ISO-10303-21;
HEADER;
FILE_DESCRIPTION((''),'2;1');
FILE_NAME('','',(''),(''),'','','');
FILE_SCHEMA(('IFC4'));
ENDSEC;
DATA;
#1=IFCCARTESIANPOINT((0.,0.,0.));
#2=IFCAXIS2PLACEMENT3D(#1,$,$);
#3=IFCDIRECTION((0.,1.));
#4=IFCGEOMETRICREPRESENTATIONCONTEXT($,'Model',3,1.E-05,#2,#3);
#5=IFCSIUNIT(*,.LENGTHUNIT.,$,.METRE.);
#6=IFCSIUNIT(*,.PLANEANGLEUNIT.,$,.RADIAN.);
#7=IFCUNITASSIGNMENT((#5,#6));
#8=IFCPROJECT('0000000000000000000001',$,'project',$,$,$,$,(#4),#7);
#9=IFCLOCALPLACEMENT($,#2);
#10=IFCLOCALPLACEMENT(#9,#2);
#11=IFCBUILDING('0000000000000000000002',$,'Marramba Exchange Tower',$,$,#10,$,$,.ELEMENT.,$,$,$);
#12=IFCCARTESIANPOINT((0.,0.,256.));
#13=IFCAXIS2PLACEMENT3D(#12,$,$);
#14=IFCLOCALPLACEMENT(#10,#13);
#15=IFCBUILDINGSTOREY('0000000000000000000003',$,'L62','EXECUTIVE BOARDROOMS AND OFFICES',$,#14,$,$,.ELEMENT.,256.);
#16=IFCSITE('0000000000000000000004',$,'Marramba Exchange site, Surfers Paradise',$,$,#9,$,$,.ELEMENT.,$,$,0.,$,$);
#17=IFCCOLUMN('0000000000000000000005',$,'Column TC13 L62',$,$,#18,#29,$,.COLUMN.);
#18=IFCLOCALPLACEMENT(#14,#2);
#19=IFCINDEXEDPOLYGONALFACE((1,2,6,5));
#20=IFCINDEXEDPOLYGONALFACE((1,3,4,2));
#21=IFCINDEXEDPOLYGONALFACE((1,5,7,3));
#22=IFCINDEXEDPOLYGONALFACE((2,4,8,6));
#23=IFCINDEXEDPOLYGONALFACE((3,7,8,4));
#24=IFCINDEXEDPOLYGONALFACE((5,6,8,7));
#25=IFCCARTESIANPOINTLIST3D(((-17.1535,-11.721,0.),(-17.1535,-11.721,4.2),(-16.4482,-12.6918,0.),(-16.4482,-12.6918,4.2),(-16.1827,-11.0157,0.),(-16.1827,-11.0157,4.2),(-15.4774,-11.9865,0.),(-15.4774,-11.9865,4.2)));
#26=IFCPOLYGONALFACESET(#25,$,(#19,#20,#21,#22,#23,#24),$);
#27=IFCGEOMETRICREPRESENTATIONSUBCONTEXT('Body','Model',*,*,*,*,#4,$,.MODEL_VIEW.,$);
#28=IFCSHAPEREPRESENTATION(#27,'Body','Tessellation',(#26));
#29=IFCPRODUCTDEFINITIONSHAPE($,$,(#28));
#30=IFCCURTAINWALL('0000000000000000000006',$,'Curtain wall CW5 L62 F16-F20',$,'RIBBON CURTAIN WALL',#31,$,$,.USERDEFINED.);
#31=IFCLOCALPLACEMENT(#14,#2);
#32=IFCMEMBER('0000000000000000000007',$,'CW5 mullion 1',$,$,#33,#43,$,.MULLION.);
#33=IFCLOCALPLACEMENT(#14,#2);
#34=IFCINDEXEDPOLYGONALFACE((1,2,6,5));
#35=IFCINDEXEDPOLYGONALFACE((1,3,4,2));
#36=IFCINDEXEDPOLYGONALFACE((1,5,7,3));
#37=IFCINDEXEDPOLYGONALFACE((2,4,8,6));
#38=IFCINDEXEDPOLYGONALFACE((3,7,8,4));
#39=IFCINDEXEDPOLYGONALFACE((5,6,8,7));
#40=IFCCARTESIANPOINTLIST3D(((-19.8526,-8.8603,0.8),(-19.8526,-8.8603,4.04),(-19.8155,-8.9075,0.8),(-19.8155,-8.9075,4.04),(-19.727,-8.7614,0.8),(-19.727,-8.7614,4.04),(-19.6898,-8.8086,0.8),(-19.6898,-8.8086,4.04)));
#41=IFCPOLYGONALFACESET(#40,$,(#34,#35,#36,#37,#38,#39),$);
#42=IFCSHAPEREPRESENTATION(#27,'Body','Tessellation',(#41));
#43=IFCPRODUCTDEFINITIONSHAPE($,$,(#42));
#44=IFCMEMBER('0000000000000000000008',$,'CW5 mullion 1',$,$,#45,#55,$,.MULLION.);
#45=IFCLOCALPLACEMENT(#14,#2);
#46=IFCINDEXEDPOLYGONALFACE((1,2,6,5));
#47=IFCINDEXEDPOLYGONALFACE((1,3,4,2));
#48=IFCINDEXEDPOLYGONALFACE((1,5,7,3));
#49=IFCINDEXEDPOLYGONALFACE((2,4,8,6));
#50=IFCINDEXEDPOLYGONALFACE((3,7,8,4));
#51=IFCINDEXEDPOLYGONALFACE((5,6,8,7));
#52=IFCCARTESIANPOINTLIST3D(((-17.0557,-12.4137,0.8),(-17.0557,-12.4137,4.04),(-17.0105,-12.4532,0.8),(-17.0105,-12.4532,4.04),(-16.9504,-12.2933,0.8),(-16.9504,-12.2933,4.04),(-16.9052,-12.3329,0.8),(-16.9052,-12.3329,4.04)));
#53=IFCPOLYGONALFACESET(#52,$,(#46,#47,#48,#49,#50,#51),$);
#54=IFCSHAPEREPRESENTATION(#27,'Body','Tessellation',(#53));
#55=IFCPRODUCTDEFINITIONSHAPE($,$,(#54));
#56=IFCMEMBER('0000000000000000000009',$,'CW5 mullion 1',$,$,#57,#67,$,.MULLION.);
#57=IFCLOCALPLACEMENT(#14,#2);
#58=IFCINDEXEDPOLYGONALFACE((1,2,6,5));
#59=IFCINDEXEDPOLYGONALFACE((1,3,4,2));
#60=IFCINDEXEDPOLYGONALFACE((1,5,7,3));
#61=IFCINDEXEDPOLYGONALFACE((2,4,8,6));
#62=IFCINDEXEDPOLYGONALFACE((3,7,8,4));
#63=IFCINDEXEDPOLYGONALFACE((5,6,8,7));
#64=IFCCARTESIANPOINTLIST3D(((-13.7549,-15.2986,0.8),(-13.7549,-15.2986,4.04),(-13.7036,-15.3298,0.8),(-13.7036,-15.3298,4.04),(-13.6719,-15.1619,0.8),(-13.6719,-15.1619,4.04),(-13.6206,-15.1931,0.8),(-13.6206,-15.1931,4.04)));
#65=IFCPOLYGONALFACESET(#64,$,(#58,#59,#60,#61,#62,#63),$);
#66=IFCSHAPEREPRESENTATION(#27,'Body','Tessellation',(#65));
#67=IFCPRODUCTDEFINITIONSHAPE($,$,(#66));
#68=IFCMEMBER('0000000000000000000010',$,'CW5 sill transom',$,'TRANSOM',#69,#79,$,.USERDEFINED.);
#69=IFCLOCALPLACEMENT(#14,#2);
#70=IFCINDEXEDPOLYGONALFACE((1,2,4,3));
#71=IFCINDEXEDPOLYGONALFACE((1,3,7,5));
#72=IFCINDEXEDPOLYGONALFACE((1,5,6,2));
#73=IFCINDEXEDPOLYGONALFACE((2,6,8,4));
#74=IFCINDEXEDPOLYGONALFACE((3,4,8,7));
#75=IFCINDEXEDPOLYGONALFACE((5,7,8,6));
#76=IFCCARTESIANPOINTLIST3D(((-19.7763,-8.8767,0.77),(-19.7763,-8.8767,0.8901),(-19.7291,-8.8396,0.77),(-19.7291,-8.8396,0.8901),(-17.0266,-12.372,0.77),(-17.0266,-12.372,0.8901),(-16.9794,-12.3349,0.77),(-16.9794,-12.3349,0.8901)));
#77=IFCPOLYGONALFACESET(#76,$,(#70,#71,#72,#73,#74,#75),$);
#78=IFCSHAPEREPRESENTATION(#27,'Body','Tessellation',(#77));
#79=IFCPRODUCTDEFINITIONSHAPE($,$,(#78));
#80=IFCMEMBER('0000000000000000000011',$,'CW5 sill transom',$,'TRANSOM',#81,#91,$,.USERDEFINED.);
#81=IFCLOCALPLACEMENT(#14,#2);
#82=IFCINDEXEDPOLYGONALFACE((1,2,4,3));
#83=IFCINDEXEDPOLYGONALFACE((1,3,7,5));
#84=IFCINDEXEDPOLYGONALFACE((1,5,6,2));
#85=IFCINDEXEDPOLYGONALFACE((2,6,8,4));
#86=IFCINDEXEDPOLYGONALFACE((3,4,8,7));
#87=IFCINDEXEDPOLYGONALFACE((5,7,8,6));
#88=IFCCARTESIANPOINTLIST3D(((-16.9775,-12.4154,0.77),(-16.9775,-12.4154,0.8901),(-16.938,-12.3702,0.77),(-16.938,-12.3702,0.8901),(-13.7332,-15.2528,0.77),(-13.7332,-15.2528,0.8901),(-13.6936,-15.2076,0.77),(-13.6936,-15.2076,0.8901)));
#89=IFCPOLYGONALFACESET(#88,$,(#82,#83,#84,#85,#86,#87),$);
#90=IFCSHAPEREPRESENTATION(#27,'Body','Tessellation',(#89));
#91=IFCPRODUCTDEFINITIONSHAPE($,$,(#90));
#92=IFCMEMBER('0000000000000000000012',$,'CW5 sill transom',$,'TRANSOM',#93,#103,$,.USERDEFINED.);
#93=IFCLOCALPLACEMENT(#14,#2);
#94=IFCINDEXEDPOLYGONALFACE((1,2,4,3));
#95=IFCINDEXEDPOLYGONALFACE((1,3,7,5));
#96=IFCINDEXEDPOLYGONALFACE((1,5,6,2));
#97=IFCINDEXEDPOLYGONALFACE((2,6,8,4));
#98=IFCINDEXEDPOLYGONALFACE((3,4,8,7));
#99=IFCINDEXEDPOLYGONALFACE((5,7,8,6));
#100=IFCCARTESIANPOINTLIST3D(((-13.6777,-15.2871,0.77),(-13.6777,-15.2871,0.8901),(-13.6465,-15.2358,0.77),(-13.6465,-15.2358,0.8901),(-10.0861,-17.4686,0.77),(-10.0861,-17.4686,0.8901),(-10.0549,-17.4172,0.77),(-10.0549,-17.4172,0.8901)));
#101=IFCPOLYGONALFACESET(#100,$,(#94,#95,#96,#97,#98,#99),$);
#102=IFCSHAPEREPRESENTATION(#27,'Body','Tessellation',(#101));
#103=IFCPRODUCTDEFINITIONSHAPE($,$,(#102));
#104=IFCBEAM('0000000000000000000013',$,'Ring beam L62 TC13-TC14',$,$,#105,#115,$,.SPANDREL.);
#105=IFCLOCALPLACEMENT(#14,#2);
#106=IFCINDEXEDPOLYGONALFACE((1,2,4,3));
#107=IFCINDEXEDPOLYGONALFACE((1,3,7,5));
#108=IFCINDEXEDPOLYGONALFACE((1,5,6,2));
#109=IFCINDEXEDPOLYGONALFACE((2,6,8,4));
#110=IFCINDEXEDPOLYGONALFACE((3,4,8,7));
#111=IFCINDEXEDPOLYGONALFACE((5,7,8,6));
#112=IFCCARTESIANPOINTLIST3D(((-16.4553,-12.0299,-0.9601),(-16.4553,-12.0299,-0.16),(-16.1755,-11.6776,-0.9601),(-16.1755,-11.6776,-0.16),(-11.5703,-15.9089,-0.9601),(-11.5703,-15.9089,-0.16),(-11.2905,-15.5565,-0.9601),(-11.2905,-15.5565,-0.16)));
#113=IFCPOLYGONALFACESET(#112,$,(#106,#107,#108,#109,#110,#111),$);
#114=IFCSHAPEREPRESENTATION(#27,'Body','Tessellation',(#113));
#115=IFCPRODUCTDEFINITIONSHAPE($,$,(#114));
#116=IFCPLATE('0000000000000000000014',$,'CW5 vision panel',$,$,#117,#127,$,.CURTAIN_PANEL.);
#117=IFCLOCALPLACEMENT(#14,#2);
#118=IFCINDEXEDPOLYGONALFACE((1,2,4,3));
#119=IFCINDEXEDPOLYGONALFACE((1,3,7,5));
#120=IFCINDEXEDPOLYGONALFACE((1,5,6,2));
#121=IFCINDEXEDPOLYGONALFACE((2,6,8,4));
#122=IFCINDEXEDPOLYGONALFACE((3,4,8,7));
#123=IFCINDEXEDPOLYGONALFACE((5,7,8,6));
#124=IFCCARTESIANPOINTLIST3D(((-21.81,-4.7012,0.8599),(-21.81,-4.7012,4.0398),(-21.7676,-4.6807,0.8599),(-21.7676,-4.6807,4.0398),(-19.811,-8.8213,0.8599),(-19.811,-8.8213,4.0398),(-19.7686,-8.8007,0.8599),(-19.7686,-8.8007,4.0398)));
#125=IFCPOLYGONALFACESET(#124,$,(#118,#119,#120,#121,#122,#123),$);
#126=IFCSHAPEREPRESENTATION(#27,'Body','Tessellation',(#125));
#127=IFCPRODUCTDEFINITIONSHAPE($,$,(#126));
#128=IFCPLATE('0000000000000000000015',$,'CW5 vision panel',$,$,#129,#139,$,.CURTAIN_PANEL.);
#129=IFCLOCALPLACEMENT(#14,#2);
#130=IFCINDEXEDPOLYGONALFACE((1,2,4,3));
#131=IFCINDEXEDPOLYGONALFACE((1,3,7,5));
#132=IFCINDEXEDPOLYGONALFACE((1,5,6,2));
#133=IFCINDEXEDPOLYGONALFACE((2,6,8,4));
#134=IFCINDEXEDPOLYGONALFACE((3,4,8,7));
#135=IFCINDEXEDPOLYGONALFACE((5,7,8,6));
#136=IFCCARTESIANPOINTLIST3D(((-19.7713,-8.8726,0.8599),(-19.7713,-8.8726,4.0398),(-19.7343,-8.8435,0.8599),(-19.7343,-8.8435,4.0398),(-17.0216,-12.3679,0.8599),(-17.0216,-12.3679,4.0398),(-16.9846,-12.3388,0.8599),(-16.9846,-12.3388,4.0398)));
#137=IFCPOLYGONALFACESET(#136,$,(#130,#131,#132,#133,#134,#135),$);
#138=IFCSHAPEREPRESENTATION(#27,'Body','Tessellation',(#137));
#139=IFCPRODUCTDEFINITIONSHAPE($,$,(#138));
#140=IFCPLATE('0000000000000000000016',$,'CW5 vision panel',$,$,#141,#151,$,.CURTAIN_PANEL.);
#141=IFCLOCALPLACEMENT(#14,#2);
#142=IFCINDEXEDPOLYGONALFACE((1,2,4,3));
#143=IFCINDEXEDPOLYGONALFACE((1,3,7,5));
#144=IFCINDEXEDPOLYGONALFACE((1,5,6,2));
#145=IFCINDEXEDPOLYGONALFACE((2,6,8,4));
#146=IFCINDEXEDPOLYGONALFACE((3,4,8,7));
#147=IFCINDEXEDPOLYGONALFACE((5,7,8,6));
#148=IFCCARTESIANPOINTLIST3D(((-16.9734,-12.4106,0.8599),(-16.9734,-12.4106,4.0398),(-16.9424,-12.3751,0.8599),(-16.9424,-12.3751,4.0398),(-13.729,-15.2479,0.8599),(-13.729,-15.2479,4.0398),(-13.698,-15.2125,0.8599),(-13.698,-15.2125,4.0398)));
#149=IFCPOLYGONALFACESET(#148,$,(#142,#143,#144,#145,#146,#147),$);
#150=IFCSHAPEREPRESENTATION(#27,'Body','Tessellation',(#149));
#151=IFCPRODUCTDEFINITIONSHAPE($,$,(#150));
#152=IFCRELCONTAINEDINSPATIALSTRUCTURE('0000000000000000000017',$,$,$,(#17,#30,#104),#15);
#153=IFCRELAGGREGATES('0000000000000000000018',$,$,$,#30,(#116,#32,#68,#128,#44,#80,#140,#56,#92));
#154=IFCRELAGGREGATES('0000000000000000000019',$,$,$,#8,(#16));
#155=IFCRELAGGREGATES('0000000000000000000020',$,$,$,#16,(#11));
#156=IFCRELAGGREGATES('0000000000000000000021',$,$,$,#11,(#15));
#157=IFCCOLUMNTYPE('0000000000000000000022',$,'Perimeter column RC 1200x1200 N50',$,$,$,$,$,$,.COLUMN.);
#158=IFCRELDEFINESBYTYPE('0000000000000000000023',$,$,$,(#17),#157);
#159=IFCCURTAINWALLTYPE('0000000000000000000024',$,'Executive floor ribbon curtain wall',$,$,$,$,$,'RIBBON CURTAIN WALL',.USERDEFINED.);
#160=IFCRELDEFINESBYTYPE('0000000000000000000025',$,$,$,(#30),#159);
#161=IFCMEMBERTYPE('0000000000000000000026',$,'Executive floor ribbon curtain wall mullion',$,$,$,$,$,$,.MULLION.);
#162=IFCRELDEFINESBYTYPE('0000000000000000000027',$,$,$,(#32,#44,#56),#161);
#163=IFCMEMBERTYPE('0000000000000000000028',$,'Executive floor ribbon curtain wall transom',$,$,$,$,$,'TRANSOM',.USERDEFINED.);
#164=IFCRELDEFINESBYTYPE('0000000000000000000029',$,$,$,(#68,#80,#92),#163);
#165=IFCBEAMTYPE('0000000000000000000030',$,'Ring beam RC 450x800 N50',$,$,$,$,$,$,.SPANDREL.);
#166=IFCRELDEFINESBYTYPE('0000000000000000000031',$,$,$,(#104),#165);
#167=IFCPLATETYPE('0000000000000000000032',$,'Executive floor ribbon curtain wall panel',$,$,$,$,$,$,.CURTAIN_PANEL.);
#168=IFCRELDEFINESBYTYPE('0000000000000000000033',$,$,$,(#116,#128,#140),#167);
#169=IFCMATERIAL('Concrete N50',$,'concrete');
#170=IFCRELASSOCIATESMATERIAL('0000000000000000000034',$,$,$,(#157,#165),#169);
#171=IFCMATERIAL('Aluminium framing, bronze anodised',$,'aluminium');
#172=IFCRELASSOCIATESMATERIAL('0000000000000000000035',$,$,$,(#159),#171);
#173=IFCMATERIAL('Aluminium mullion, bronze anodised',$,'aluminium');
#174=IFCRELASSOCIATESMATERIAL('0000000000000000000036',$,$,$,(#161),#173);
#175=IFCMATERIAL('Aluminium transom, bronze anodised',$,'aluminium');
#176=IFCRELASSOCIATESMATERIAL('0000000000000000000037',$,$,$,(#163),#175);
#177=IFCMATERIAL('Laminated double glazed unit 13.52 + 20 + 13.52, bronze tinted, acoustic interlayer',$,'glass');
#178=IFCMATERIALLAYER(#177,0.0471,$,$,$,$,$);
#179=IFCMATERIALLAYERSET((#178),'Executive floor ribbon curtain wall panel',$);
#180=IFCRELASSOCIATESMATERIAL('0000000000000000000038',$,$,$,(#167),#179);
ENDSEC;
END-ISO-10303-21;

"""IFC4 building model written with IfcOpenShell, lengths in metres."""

from ifc_helpers import new_model, si_unit, direction, frame, origin, origin_2d, place, context, subcontext, project, spatial, rectangle, extrude, material, layer, layer_set, material_profile, profile_set, type_object, element, aggregate, save


model = new_model("IFC4")

# Units and contexts
model_context = context("Model", 3, precision=1e-05, world=origin(), true_north=direction((0.0, 1.0)))
body_context = subcontext(model_context, "Body", "Model", "MODEL_VIEW")
ifc_project = project(units=[si_unit("LENGTHUNIT", "METRE"), si_unit("PLANEANGLEUNIT", "RADIAN")], contexts=[model_context])

# Site, building, storey
site_placement = place(None, origin())
site = spatial("IfcSite", under=ifc_project, at=site_placement, Name="Marramba Exchange site, Surfers Paradise", CompositionType="ELEMENT", RefElevation=0.0)
building_placement = place(site_placement, origin())
building = spatial("IfcBuilding", under=site, at=building_placement, Name="Marramba Exchange Tower", CompositionType="ELEMENT")
storey_placement = place(building_placement, frame((0.0, 0.0, 256.0)))
storey = spatial("IfcBuildingStorey", under=building, at=storey_placement, Name="L62", Description="EXECUTIVE BOARDROOMS AND OFFICES", CompositionType="ELEMENT", Elevation=256.0)

# Column
ifc_material_1 = material(Name="Concrete N50", Category="concrete")
ifc_material_profile_1 = material_profile(ifc_material_1, rectangle(XDim=1.2, YDim=1.2, at=origin_2d()), Name="RC 1200x1200")
ifc_profile_set_1 = profile_set([ifc_material_profile_1], Name="Concrete N50")
column_type = type_object("IfcColumnType", Name="Perimeter column RC 1200x1200 N50", PredefinedType="COLUMN", material=ifc_profile_set_1)
column_placement = place(storey_placement, frame((-16.3154, -11.8538, 0.0), z_axis=(0.0, 0.0, 1.0), x_axis=(-0.809017, -0.587785, 0.0)))
element("IfcColumn", 1, at=column_placement, inside=storey, type_object=column_type, Name="Column TC13 L62", PredefinedType="COLUMN", context=body_context, shape_type="SweptSolid", body=[
    extrude(rectangle(XDim=1.2, YDim=1.2, at=origin_2d()), origin(), (0.0, 0.0, 1.0), 4.2),
])

# Curtain wall, members
ifc_material_2 = material(Name="Aluminium framing, bronze anodised", Category="aluminium")
curtain_wall_type = type_object("IfcCurtainWallType", Name="Executive floor ribbon curtain wall", ElementType="RIBBON CURTAIN WALL", PredefinedType="USERDEFINED", material=ifc_material_2)
curtain_wall_placement = place(storey_placement, origin())
curtain_wall = element("IfcCurtainWall", 2, at=curtain_wall_placement, inside=storey, type_object=curtain_wall_type, Name="Curtain wall CW5 L62 F16-F20", ObjectType="RIBBON CURTAIN WALL", PredefinedType="USERDEFINED")
ifc_material_3 = material(Name="Aluminium mullion, bronze anodised", Category="aluminium")
ifc_material_profile_2 = material_profile(ifc_material_3, rectangle(XDim=0.1599, YDim=0.0601, at=origin_2d()), Name="CW5 mullion 60x160")
ifc_profile_set_2 = profile_set([ifc_material_profile_2], Name="Aluminium mullion, bronze anodised")
member_type_1 = type_object("IfcMemberType", Name="Executive floor ribbon curtain wall mullion", PredefinedType="MULLION", material=ifc_profile_set_2)
member_1_placement = place(storey_placement, frame((-19.7712, -8.8345, 0.8), z_axis=(0.0, 0.0, 1.0), x_axis=(0.78595, 0.618291, 0.0)))
member_1 = element("IfcMember", 3, at=member_1_placement, type_object=member_type_1, Name="CW5 mullion 1", PredefinedType="MULLION", context=body_context, shape_type="SweptSolid", body=[
    extrude(rectangle(XDim=0.1599, YDim=0.0601, at=origin_2d()), origin(), (0.0, 0.0, 1.0), 3.24),
])
member_2_placement = place(storey_placement, frame((-16.9805, -12.3733, 0.8), z_axis=(0.0, 0.0, 1.0), x_axis=(0.658305, 0.752751, 0.0)))
member_2 = element("IfcMember", 4, at=member_2_placement, type_object=member_type_1, Name="CW5 mullion 1", PredefinedType="MULLION", context=body_context, shape_type="SweptSolid", body=[
    extrude(rectangle(XDim=0.1599, YDim=0.0601, at=origin_2d()), origin(), (0.0, 0.0, 1.0), 3.24),
])
member_3_placement = place(storey_placement, frame((-13.6877, -15.2458, 0.8), z_axis=(0.0, 0.0, 1.0), x_axis=(0.519115, 0.854704, 0.0)))
member_3 = element("IfcMember", 5, at=member_3_placement, type_object=member_type_1, Name="CW5 mullion 1", PredefinedType="MULLION", context=body_context, shape_type="SweptSolid", body=[
    extrude(rectangle(XDim=0.1599, YDim=0.0601, at=origin_2d()), origin(), (0.0, 0.0, 1.0), 3.24),
])
ifc_material_4 = material(Name="Aluminium transom, bronze anodised", Category="aluminium")
ifc_material_profile_3 = material_profile(ifc_material_4, rectangle(XDim=0.0601, YDim=0.1201, at=origin_2d()), Name="CW5 transom 60x120")
ifc_profile_set_3 = profile_set([ifc_material_profile_3], Name="Aluminium transom, bronze anodised")
member_type_2 = type_object("IfcMemberType", Name="Executive floor ribbon curtain wall transom", ElementType="TRANSOM", PredefinedType="USERDEFINED", material=ifc_profile_set_3)
member_4_placement = place(storey_placement, frame((-19.7527, -8.8582, 0.8301), z_axis=(0.618294, -0.785947, 0.0), x_axis=(0.785947, 0.618294, 0.0)))
member_4 = element("IfcMember", 6, at=member_4_placement, type_object=member_type_2, Name="CW5 sill transom", ObjectType="TRANSOM", PredefinedType="USERDEFINED", context=body_context, shape_type="SweptSolid", body=[
    extrude(rectangle(XDim=0.0601, YDim=0.1201, at=origin_2d()), origin(), (0.0, 0.0, 1.0), 4.4473),
])
member_5_placement = place(storey_placement, frame((-16.9578, -12.3928, 0.8301), z_axis=(0.752742, -0.658316, 0.0), x_axis=(0.658316, 0.752742, 0.0)))
member_5 = element("IfcMember", 7, at=member_5_placement, type_object=member_type_2, Name="CW5 sill transom", ObjectType="TRANSOM", PredefinedType="USERDEFINED", context=body_context, shape_type="SweptSolid", body=[
    extrude(rectangle(XDim=0.0601, YDim=0.1201, at=origin_2d()), origin(), (0.0, 0.0, 1.0), 4.3101),
])
member_6_placement = place(storey_placement, frame((-13.6621, -15.2615, 0.8301), z_axis=(0.854702, -0.519119, 0.0), x_axis=(0.519119, 0.854702, 0.0)))
member_6 = element("IfcMember", 8, at=member_6_placement, type_object=member_type_2, Name="CW5 sill transom", ObjectType="TRANSOM", PredefinedType="USERDEFINED", context=body_context, shape_type="SweptSolid", body=[
    extrude(rectangle(XDim=0.0601, YDim=0.1201, at=origin_2d()), origin(), (0.0, 0.0, 1.0), 4.2021),
])

# Beam
ifc_material_profile_4 = material_profile(ifc_material_1, rectangle(XDim=0.45, YDim=0.8, at=origin_2d()), Name="RC 450x800")
ifc_profile_set_4 = profile_set([ifc_material_profile_4], Name="Concrete N50")
beam_type = type_object("IfcBeamType", Name="Ring beam RC 450x800 N50", PredefinedType="SPANDREL", material=ifc_profile_set_4)
beam_placement = place(storey_placement, frame((-16.3154, -11.8538, -0.5601), z_axis=(0.783139, -0.621846, 0.0), x_axis=(0.621846, 0.783139, 0.0)))
element("IfcBeam", 9, at=beam_placement, inside=storey, type_object=beam_type, Name="Ring beam L62 TC13-TC14", PredefinedType="SPANDREL", context=body_context, shape_type="SweptSolid", body=[
    extrude(rectangle(XDim=0.45, YDim=0.8, at=origin_2d()), origin(), (0.0, 0.0, 1.0), 6.2378),
])

# Plates
ifc_material_5 = material(Name="Laminated double glazed unit 13.52 + 20 + 13.52, bronze tinted, acoustic interlayer", Category="glass")
ifc_layer_1 = layer(ifc_material_5, 0.0471)
ifc_layer_set_1 = layer_set([ifc_layer_1], Name="Executive floor ribbon curtain wall panel")
plate_type = type_object("IfcPlateType", Name="Executive floor ribbon curtain wall panel", PredefinedType="CURTAIN_PANEL", material=ifc_layer_set_1)
plate_1_placement = place(storey_placement, frame((-20.7893, -6.751, 0.8599), z_axis=(0.0, 0.0, 1.0), x_axis=(0.436515, -0.899697, 0.0)))
plate_1 = element("IfcPlate", 10, at=plate_1_placement, type_object=plate_type, Name="CW5 vision panel", PredefinedType="CURTAIN_PANEL", context=body_context, shape_type="SweptSolid", body=[
    extrude(rectangle(XDim=4.5793, YDim=0.0471, at=origin_2d()), origin(), (0.0, 0.0, 1.0), 3.1799),
])
plate_2_placement = place(storey_placement, frame((-18.3779, -10.6057, 0.8599), z_axis=(0.0, 0.0, 1.0), x_axis=(0.618291, -0.78595, 0.0)))
plate_2 = element("IfcPlate", 11, at=plate_2_placement, type_object=plate_type, Name="CW5 vision panel", PredefinedType="CURTAIN_PANEL", context=body_context, shape_type="SweptSolid", body=[
    extrude(rectangle(XDim=4.4473, YDim=0.0471, at=origin_2d()), origin(), (0.0, 0.0, 1.0), 3.1799),
])
plate_3_placement = place(storey_placement, frame((-15.3357, -13.8115, 0.8599), z_axis=(0.0, 0.0, 1.0), x_axis=(0.752751, -0.658305, 0.0)))
plate_3 = element("IfcPlate", 12, at=plate_3_placement, type_object=plate_type, Name="CW5 vision panel", PredefinedType="CURTAIN_PANEL", context=body_context, shape_type="SweptSolid", body=[
    extrude(rectangle(XDim=4.3101, YDim=0.0471, at=origin_2d()), origin(), (0.0, 0.0, 1.0), 3.1799),
])
aggregate(curtain_wall, [plate_1, member_1, member_4, plate_2, member_2, member_5, plate_3, member_3, member_6])

save(model, "model.ifc")
